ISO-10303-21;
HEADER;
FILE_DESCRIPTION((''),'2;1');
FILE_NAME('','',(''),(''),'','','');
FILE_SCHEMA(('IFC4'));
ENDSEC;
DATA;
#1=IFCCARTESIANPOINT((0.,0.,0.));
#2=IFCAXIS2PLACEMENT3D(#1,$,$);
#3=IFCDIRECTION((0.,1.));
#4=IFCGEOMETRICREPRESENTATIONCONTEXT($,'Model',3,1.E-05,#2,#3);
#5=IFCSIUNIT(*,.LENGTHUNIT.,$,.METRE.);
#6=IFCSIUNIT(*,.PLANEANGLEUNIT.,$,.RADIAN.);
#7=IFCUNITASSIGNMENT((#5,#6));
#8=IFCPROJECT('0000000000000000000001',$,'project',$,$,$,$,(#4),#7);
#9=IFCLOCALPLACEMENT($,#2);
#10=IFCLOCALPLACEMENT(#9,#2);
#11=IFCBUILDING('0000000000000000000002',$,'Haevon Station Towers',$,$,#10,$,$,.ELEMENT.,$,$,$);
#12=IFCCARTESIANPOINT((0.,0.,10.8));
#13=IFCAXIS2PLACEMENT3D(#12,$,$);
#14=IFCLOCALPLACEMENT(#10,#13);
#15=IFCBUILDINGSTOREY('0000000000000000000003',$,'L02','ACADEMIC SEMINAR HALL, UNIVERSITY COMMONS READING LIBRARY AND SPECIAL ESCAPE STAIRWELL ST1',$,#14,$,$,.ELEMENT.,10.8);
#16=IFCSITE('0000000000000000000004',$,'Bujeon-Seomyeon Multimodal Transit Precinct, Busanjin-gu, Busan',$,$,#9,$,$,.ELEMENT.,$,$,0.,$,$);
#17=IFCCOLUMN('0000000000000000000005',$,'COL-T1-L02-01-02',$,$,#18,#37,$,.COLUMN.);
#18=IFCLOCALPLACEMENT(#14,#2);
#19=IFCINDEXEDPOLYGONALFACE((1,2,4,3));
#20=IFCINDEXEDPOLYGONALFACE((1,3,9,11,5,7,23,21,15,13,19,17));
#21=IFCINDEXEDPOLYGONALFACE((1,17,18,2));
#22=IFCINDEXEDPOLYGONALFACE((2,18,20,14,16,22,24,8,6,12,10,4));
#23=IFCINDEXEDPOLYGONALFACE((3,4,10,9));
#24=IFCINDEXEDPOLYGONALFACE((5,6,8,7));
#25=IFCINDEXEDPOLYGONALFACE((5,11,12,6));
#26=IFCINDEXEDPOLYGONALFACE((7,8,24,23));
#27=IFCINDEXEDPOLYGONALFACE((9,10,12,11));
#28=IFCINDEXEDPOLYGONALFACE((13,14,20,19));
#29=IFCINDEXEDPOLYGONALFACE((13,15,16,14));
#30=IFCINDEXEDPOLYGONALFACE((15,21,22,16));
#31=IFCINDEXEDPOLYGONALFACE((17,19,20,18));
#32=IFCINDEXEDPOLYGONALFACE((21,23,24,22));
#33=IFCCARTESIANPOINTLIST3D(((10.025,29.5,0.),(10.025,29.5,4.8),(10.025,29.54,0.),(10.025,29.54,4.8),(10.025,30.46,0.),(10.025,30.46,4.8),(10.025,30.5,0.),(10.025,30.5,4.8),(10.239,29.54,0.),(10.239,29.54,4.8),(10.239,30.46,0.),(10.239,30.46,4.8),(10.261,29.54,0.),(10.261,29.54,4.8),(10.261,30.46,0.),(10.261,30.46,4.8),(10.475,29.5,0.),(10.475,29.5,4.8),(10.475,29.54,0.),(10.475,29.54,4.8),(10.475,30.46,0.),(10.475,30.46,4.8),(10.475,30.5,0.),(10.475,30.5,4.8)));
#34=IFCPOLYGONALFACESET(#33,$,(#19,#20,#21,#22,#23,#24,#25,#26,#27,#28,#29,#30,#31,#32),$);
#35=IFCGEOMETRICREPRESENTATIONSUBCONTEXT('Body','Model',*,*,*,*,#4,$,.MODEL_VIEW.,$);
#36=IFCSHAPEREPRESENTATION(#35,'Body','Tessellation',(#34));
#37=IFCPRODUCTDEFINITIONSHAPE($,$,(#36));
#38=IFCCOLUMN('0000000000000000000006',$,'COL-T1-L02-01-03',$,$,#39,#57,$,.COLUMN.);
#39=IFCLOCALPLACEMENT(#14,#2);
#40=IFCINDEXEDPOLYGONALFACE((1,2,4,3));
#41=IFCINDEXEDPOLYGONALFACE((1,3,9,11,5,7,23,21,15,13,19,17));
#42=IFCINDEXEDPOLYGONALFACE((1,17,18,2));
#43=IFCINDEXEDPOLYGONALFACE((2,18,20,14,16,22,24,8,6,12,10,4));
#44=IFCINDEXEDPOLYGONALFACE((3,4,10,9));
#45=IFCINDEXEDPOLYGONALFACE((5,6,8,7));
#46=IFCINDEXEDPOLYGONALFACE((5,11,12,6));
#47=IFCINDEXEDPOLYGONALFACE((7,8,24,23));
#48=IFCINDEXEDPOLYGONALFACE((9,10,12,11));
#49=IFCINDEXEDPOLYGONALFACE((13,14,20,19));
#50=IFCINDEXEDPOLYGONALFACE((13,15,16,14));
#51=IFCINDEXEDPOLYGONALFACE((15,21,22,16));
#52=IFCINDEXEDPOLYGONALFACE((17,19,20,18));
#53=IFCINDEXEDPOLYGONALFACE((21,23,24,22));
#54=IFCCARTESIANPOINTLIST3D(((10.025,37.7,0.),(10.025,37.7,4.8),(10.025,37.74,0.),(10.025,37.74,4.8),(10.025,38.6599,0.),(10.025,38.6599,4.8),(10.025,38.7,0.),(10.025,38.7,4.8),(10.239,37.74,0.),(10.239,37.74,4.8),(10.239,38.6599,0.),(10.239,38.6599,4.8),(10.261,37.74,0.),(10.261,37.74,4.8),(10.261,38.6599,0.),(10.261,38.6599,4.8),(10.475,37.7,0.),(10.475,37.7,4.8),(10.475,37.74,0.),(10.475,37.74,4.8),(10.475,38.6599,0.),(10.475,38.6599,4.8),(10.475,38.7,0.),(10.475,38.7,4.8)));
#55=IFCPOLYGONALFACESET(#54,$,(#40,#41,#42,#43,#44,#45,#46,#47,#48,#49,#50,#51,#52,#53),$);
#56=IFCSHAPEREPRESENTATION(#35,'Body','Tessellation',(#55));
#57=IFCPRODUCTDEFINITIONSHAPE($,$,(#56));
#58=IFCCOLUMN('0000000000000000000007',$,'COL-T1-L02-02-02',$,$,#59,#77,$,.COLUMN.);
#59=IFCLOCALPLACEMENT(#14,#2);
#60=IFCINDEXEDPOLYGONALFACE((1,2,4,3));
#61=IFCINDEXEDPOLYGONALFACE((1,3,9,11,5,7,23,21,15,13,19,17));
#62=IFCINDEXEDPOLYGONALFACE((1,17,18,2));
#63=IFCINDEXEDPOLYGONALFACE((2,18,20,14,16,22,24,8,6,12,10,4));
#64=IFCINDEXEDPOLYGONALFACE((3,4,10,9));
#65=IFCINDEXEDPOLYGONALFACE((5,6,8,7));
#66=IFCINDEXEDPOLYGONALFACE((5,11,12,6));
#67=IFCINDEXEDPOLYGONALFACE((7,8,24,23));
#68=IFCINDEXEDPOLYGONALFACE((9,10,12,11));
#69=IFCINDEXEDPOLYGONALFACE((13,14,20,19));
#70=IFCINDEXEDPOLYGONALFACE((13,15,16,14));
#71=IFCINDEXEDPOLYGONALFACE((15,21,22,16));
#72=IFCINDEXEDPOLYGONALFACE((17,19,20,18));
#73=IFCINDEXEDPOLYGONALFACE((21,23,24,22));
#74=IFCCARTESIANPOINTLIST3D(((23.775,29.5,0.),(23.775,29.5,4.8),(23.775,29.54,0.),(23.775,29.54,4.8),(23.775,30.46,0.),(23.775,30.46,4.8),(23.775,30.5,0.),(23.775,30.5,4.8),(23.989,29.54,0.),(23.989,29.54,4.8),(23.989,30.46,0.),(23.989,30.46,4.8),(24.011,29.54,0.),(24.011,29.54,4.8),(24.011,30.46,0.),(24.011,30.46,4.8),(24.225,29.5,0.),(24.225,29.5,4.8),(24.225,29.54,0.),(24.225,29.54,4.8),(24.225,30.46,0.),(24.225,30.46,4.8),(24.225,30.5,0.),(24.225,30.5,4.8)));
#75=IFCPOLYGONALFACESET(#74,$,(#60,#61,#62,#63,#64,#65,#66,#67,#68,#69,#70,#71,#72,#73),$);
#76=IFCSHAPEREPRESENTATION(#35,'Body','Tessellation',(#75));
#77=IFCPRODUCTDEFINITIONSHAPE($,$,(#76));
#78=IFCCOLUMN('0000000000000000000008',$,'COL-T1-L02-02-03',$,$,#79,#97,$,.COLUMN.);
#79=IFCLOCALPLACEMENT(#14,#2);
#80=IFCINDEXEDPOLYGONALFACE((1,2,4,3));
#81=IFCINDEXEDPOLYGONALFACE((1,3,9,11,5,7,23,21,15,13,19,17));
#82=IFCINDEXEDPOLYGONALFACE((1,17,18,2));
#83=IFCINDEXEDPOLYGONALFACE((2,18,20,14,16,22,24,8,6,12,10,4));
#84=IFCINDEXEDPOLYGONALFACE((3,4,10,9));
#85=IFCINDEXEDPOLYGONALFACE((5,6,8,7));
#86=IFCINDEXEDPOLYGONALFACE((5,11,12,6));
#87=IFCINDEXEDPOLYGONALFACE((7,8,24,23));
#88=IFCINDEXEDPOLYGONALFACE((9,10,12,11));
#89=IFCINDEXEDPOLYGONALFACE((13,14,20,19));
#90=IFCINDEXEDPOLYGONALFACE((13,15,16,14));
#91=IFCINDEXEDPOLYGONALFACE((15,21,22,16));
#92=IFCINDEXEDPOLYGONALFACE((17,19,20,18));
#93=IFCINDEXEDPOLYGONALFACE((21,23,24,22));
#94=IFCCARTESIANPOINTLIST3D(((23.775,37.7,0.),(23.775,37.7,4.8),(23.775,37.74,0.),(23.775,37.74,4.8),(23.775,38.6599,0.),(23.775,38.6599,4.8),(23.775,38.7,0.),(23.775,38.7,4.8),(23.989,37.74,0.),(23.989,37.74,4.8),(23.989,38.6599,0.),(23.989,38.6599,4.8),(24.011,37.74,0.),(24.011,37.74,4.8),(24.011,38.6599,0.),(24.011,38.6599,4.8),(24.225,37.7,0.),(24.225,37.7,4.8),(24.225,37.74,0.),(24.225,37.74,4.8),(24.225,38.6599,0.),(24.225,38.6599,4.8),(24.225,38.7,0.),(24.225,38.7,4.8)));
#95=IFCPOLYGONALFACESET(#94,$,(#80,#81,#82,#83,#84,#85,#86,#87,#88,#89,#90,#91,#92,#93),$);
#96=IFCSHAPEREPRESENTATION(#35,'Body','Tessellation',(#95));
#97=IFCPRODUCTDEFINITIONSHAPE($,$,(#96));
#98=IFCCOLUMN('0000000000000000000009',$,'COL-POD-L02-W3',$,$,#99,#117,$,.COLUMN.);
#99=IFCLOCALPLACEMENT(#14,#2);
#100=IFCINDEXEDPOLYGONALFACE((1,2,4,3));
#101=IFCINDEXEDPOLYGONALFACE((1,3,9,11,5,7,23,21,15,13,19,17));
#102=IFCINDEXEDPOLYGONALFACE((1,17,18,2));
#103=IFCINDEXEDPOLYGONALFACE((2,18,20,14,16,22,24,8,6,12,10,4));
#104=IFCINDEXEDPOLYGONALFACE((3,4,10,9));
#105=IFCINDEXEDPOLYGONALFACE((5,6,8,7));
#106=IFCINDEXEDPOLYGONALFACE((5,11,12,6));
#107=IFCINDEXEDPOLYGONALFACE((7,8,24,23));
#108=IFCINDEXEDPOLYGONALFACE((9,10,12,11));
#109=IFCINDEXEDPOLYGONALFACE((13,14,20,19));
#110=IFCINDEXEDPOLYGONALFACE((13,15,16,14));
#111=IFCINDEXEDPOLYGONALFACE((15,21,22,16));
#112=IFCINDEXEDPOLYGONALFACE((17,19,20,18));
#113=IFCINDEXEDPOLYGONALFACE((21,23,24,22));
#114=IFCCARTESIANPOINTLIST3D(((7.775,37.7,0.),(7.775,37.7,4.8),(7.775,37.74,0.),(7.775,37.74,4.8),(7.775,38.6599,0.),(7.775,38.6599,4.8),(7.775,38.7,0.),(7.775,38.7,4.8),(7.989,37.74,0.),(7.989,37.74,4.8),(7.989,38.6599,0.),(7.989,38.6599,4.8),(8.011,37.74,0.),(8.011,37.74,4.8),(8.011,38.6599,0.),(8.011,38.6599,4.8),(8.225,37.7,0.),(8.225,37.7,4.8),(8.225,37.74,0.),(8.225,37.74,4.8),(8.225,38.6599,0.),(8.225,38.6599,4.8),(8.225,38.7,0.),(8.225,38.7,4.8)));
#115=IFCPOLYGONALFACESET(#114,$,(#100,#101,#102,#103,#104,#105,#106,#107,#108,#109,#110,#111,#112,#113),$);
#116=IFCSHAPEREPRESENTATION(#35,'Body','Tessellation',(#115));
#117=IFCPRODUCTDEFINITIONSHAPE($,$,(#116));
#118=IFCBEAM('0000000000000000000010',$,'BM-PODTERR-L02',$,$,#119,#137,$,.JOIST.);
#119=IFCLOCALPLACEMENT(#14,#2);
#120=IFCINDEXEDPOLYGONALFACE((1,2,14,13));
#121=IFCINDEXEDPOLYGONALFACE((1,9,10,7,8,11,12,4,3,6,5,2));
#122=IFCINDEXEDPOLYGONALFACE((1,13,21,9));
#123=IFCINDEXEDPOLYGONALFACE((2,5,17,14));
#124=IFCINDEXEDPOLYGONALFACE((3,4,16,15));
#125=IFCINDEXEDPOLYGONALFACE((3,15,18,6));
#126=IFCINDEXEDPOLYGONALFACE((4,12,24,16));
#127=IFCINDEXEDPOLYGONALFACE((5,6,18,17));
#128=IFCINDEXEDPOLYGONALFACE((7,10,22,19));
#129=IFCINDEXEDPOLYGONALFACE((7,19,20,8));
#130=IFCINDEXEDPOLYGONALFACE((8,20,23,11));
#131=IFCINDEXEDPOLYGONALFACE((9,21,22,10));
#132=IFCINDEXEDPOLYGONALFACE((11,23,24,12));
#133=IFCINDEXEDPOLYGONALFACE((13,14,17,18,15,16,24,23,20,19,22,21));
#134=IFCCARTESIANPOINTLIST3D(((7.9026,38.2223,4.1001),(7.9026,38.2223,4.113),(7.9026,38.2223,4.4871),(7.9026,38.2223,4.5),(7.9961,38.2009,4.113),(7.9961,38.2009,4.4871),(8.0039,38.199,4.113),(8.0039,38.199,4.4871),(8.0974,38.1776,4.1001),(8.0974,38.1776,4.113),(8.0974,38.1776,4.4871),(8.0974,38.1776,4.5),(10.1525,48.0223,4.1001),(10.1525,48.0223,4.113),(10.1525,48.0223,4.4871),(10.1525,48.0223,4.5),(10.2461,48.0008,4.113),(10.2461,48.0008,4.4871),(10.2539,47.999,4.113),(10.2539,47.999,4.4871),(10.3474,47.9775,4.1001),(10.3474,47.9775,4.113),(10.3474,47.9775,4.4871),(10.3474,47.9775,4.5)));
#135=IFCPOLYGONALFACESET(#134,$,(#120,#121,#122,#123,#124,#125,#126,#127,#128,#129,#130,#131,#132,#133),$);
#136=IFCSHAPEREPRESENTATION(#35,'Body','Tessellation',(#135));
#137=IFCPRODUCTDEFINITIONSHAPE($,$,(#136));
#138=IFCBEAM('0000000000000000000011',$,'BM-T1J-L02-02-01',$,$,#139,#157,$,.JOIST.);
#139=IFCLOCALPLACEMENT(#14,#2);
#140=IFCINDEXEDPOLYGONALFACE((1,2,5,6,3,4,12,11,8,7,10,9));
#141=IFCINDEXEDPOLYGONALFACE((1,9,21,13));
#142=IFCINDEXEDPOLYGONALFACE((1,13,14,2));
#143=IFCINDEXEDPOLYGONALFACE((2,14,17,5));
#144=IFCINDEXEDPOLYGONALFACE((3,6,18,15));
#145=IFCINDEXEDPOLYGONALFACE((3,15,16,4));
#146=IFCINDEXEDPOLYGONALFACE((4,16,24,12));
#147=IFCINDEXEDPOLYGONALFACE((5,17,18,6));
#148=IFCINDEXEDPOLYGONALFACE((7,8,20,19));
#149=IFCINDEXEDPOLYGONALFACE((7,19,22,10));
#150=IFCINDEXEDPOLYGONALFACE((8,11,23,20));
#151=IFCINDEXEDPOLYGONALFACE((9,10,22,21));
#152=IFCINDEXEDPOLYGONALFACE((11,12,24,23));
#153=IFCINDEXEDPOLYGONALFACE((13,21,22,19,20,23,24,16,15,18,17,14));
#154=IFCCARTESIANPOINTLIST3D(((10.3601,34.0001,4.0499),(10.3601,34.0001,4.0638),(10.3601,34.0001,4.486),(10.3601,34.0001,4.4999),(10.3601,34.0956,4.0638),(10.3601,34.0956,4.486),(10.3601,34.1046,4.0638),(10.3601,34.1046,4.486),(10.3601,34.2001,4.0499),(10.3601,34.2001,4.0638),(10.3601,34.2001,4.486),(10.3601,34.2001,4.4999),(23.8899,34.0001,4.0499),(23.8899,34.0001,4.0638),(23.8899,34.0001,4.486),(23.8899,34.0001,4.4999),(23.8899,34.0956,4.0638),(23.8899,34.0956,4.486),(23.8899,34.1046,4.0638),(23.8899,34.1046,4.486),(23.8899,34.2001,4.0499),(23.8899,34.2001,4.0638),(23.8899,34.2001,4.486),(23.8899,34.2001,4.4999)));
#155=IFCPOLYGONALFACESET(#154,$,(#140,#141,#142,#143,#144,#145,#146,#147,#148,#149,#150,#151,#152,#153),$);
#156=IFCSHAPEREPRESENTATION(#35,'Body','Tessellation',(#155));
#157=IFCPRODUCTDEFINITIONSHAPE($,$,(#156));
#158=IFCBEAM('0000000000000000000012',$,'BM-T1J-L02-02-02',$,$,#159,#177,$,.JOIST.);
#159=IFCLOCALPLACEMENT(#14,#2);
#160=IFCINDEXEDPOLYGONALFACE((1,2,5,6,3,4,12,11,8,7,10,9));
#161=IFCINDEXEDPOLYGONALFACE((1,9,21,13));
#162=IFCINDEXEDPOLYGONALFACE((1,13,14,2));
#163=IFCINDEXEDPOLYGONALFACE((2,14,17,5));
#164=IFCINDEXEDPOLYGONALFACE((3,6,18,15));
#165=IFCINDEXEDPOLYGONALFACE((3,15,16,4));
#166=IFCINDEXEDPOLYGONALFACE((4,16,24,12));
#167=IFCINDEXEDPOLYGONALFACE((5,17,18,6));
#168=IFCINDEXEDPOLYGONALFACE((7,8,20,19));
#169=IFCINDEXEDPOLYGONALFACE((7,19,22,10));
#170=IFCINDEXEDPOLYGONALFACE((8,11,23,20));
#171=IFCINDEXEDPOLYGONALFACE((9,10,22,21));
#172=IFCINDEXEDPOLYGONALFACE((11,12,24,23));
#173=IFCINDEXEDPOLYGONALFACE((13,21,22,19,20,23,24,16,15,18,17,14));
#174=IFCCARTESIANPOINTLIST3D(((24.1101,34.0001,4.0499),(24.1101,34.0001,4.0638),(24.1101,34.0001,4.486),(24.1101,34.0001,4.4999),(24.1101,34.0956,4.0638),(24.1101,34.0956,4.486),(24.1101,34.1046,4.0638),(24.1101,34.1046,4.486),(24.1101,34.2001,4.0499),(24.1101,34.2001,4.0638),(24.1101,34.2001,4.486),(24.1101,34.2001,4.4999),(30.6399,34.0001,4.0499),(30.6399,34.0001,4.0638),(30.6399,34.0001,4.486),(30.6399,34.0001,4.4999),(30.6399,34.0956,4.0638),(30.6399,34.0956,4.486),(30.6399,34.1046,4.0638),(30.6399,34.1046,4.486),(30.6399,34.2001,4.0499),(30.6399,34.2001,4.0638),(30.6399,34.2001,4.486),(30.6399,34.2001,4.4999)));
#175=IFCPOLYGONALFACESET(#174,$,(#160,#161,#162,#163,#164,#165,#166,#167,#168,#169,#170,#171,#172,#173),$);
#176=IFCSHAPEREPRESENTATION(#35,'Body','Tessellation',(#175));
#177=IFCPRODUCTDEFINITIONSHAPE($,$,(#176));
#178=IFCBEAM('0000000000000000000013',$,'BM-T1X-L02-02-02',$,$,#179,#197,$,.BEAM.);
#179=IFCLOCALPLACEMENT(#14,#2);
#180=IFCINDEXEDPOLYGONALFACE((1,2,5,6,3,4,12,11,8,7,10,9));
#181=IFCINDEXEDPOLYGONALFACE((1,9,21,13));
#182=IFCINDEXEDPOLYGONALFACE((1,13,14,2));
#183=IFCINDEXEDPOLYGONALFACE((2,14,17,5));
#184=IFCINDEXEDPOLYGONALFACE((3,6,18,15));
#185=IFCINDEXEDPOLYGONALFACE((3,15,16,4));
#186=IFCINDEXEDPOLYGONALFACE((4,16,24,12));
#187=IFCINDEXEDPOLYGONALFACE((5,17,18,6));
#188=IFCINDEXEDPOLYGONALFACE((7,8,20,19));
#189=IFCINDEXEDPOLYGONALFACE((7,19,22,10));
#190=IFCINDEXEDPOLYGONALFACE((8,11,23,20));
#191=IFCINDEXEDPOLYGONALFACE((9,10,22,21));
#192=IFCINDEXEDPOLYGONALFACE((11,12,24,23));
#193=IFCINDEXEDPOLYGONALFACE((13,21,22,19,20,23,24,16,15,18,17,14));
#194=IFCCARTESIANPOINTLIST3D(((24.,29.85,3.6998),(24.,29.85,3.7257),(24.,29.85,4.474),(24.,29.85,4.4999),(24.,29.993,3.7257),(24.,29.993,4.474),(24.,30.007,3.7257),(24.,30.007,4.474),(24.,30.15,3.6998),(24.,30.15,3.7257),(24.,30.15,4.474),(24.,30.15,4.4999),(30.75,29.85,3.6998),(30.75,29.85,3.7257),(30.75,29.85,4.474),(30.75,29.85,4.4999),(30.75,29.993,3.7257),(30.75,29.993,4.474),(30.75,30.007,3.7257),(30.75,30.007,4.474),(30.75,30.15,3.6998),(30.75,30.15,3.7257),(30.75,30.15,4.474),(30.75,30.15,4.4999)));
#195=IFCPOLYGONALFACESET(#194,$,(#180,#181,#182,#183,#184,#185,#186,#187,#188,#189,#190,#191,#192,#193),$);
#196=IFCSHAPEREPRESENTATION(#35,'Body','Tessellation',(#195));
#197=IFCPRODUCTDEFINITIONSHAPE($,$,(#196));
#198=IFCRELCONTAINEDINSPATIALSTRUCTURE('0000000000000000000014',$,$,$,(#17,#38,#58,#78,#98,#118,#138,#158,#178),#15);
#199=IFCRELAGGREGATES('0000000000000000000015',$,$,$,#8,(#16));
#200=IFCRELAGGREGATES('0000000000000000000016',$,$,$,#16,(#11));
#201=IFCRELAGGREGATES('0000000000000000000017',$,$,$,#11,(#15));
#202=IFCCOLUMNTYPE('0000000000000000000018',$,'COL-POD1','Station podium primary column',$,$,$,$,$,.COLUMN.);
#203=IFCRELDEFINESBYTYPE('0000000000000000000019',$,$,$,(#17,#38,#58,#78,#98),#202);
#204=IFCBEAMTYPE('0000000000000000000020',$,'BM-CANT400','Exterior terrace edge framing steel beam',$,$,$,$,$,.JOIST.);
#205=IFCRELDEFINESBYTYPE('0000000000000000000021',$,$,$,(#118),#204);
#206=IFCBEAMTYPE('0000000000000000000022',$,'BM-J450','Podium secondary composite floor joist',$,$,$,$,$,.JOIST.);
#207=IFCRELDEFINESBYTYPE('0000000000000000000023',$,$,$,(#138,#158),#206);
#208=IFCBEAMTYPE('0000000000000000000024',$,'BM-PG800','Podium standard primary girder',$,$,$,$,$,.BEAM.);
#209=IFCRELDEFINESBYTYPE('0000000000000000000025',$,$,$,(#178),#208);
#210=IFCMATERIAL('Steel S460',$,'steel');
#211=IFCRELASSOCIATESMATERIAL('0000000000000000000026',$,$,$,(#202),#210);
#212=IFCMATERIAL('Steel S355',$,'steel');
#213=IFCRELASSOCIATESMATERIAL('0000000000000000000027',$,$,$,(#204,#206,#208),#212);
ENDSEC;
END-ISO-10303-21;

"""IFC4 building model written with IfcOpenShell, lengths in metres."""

from ifc_helpers import new_model, si_unit, direction, frame, origin, origin_2d, place, context, subcontext, project, spatial, i_section, extrude, material, material_profile, profile_set, type_object, element, save


model = new_model("IFC4")

# Units and contexts
model_context = context("Model", 3, precision=1e-05, world=origin(), true_north=direction((0.0, 1.0)))
body_context = subcontext(model_context, "Body", "Model", "MODEL_VIEW")
ifc_project = project(units=[si_unit("LENGTHUNIT", "METRE"), si_unit("PLANEANGLEUNIT", "RADIAN")], contexts=[model_context])

# Site, building, storey
site_placement = place(None, origin())
site = spatial("IfcSite", under=ifc_project, at=site_placement, Name="Bujeon-Seomyeon Multimodal Transit Precinct, Busanjin-gu, Busan", CompositionType="ELEMENT", RefElevation=0.0)
building_placement = place(site_placement, origin())
building = spatial("IfcBuilding", under=site, at=building_placement, Name="Haevon Station Towers", CompositionType="ELEMENT")
storey_placement = place(building_placement, frame((0.0, 0.0, 10.8)))
storey = spatial("IfcBuildingStorey", under=building, at=storey_placement, Name="L02", Description="ACADEMIC SEMINAR HALL, UNIVERSITY COMMONS READING LIBRARY AND SPECIAL ESCAPE STAIRWELL ST1", CompositionType="ELEMENT", Elevation=10.8)

# Columns
ifc_material_1 = material(Name="Steel S460", Category="steel")
ifc_material_profile_1 = material_profile(ifc_material_1, i_section(OverallWidth=0.45, OverallDepth=1.0, WebThickness=0.022, FlangeThickness=0.04, at=origin_2d()), Name="H-1000x450x22x40")
ifc_profile_set_1 = profile_set([ifc_material_profile_1], Name="Steel S460")
column_type = type_object("IfcColumnType", Name="COL-POD1", Description="Station podium primary column", PredefinedType="COLUMN", material=ifc_profile_set_1)
for number, where, z_axis, x_axis, name in (
    (1, (10.25, 30.0, 0.0), (0.0, 0.0, 1.0), (1.0, 0.0, 0.0), "COL-T1-L02-01-02"),
    (2, (10.25, 38.2, 0.0), (0.0, 0.0, 1.0), (1.0, 0.0, 0.0), "COL-T1-L02-01-03"),
    (3, (24.0, 30.0, 0.0), (0.0, 0.0, 1.0), (1.0, 0.0, 0.0), "COL-T1-L02-02-02"),
    (4, (24.0, 38.2, 0.0), (0.0, 0.0, 1.0), (1.0, 0.0, 0.0), "COL-T1-L02-02-03"),
    (5, (8.0, 38.2, 0.0), (0.0, 0.0, 1.0), (1.0, 0.0, 0.0), "COL-POD-L02-W3"),
):
    element("IfcColumn", number, at=place(storey_placement, frame(where, z_axis=z_axis, x_axis=x_axis)), inside=storey, type_object=column_type, Name=name, PredefinedType="COLUMN", context=body_context, shape_type="SweptSolid", body=[
        extrude(i_section(OverallWidth=0.45, OverallDepth=1.0, WebThickness=0.022, FlangeThickness=0.04, at=origin_2d()), origin(), (0.0, 0.0, 1.0), 4.8),
    ])

# Beams
ifc_material_2 = material(Name="Steel S355", Category="steel")
ifc_material_profile_2 = material_profile(ifc_material_2, i_section(OverallWidth=0.2, OverallDepth=0.3999, WebThickness=0.0081, FlangeThickness=0.0129, at=origin_2d()), Name="H-400x200x8x13")
ifc_profile_set_2 = profile_set([ifc_material_profile_2], Name="Steel S355")
beam_type_1 = type_object("IfcBeamType", Name="BM-CANT400", Description="Exterior terrace edge framing steel beam", PredefinedType="JOIST", material=ifc_profile_set_2)
beam_1_placement = place(storey_placement, frame((8.0, 38.2, 4.3), z_axis=(0.223769, 0.974642, 0.0), x_axis=(-0.974642, 0.223769, 0.0)))
element("IfcBeam", 6, at=beam_1_placement, inside=storey, type_object=beam_type_1, Name="BM-PODTERR-L02", PredefinedType="JOIST", context=body_context, shape_type="SweptSolid", body=[
    extrude(i_section(OverallWidth=0.2, OverallDepth=0.3999, WebThickness=0.0081, FlangeThickness=0.0129, at=origin_2d()), origin(), (0.0, 0.0, 1.0), 10.0549),
])
ifc_material_profile_3 = material_profile(ifc_material_2, i_section(OverallWidth=0.2, OverallDepth=0.45, WebThickness=0.009, FlangeThickness=0.0139, at=origin_2d()), Name="H-450x200x9x14")
ifc_profile_set_3 = profile_set([ifc_material_profile_3], Name="Steel S355")
beam_type_2 = type_object("IfcBeamType", Name="BM-J450", Description="Podium secondary composite floor joist", PredefinedType="JOIST", material=ifc_profile_set_3)
beam_2_placement = place(storey_placement, frame((10.3601, 34.1001, 4.2749), z_axis=(1.0, 0.0, 0.0), x_axis=(0.0, 1.0, 0.0)))
element("IfcBeam", 7, at=beam_2_placement, inside=storey, type_object=beam_type_2, Name="BM-T1J-L02-02-01", PredefinedType="JOIST", context=body_context, shape_type="SweptSolid", body=[
    extrude(i_section(OverallWidth=0.2, OverallDepth=0.45, WebThickness=0.009, FlangeThickness=0.0139, at=origin_2d()), origin(), (0.0, 0.0, 1.0), 13.5298),
])
beam_3_placement = place(storey_placement, frame((24.1101, 34.1001, 4.2749), z_axis=(1.0, 0.0, 0.0), x_axis=(0.0, 1.0, 0.0)))
element("IfcBeam", 8, at=beam_3_placement, inside=storey, type_object=beam_type_2, Name="BM-T1J-L02-02-02", PredefinedType="JOIST", context=body_context, shape_type="SweptSolid", body=[
    extrude(i_section(OverallWidth=0.2, OverallDepth=0.45, WebThickness=0.009, FlangeThickness=0.0139, at=origin_2d()), origin(), (0.0, 0.0, 1.0), 6.5298),
])
ifc_material_profile_4 = material_profile(ifc_material_2, i_section(OverallWidth=0.3, OverallDepth=0.8, WebThickness=0.0139, FlangeThickness=0.0259, at=origin_2d()), Name="H-800x300x14x26")
ifc_profile_set_4 = profile_set([ifc_material_profile_4], Name="Steel S355")
beam_type_3 = type_object("IfcBeamType", Name="BM-PG800", Description="Podium standard primary girder", PredefinedType="BEAM", material=ifc_profile_set_4)
for number, where, z_axis, x_axis, name in (
    (9, (24.0, 30.0, 4.0999), (1.0, 0.0, 0.0), (0.0, 1.0, 0.0), "BM-T1X-L02-02-02"),
):
    element("IfcBeam", number, at=place(storey_placement, frame(where, z_axis=z_axis, x_axis=x_axis)), inside=storey, type_object=beam_type_3, Name=name, PredefinedType="BEAM", context=body_context, shape_type="SweptSolid", body=[
        extrude(i_section(OverallWidth=0.3, OverallDepth=0.8, WebThickness=0.0139, FlangeThickness=0.0259, at=origin_2d()), origin(), (0.0, 0.0, 1.0), 6.75),
    ])

save(model, "model.ifc")
